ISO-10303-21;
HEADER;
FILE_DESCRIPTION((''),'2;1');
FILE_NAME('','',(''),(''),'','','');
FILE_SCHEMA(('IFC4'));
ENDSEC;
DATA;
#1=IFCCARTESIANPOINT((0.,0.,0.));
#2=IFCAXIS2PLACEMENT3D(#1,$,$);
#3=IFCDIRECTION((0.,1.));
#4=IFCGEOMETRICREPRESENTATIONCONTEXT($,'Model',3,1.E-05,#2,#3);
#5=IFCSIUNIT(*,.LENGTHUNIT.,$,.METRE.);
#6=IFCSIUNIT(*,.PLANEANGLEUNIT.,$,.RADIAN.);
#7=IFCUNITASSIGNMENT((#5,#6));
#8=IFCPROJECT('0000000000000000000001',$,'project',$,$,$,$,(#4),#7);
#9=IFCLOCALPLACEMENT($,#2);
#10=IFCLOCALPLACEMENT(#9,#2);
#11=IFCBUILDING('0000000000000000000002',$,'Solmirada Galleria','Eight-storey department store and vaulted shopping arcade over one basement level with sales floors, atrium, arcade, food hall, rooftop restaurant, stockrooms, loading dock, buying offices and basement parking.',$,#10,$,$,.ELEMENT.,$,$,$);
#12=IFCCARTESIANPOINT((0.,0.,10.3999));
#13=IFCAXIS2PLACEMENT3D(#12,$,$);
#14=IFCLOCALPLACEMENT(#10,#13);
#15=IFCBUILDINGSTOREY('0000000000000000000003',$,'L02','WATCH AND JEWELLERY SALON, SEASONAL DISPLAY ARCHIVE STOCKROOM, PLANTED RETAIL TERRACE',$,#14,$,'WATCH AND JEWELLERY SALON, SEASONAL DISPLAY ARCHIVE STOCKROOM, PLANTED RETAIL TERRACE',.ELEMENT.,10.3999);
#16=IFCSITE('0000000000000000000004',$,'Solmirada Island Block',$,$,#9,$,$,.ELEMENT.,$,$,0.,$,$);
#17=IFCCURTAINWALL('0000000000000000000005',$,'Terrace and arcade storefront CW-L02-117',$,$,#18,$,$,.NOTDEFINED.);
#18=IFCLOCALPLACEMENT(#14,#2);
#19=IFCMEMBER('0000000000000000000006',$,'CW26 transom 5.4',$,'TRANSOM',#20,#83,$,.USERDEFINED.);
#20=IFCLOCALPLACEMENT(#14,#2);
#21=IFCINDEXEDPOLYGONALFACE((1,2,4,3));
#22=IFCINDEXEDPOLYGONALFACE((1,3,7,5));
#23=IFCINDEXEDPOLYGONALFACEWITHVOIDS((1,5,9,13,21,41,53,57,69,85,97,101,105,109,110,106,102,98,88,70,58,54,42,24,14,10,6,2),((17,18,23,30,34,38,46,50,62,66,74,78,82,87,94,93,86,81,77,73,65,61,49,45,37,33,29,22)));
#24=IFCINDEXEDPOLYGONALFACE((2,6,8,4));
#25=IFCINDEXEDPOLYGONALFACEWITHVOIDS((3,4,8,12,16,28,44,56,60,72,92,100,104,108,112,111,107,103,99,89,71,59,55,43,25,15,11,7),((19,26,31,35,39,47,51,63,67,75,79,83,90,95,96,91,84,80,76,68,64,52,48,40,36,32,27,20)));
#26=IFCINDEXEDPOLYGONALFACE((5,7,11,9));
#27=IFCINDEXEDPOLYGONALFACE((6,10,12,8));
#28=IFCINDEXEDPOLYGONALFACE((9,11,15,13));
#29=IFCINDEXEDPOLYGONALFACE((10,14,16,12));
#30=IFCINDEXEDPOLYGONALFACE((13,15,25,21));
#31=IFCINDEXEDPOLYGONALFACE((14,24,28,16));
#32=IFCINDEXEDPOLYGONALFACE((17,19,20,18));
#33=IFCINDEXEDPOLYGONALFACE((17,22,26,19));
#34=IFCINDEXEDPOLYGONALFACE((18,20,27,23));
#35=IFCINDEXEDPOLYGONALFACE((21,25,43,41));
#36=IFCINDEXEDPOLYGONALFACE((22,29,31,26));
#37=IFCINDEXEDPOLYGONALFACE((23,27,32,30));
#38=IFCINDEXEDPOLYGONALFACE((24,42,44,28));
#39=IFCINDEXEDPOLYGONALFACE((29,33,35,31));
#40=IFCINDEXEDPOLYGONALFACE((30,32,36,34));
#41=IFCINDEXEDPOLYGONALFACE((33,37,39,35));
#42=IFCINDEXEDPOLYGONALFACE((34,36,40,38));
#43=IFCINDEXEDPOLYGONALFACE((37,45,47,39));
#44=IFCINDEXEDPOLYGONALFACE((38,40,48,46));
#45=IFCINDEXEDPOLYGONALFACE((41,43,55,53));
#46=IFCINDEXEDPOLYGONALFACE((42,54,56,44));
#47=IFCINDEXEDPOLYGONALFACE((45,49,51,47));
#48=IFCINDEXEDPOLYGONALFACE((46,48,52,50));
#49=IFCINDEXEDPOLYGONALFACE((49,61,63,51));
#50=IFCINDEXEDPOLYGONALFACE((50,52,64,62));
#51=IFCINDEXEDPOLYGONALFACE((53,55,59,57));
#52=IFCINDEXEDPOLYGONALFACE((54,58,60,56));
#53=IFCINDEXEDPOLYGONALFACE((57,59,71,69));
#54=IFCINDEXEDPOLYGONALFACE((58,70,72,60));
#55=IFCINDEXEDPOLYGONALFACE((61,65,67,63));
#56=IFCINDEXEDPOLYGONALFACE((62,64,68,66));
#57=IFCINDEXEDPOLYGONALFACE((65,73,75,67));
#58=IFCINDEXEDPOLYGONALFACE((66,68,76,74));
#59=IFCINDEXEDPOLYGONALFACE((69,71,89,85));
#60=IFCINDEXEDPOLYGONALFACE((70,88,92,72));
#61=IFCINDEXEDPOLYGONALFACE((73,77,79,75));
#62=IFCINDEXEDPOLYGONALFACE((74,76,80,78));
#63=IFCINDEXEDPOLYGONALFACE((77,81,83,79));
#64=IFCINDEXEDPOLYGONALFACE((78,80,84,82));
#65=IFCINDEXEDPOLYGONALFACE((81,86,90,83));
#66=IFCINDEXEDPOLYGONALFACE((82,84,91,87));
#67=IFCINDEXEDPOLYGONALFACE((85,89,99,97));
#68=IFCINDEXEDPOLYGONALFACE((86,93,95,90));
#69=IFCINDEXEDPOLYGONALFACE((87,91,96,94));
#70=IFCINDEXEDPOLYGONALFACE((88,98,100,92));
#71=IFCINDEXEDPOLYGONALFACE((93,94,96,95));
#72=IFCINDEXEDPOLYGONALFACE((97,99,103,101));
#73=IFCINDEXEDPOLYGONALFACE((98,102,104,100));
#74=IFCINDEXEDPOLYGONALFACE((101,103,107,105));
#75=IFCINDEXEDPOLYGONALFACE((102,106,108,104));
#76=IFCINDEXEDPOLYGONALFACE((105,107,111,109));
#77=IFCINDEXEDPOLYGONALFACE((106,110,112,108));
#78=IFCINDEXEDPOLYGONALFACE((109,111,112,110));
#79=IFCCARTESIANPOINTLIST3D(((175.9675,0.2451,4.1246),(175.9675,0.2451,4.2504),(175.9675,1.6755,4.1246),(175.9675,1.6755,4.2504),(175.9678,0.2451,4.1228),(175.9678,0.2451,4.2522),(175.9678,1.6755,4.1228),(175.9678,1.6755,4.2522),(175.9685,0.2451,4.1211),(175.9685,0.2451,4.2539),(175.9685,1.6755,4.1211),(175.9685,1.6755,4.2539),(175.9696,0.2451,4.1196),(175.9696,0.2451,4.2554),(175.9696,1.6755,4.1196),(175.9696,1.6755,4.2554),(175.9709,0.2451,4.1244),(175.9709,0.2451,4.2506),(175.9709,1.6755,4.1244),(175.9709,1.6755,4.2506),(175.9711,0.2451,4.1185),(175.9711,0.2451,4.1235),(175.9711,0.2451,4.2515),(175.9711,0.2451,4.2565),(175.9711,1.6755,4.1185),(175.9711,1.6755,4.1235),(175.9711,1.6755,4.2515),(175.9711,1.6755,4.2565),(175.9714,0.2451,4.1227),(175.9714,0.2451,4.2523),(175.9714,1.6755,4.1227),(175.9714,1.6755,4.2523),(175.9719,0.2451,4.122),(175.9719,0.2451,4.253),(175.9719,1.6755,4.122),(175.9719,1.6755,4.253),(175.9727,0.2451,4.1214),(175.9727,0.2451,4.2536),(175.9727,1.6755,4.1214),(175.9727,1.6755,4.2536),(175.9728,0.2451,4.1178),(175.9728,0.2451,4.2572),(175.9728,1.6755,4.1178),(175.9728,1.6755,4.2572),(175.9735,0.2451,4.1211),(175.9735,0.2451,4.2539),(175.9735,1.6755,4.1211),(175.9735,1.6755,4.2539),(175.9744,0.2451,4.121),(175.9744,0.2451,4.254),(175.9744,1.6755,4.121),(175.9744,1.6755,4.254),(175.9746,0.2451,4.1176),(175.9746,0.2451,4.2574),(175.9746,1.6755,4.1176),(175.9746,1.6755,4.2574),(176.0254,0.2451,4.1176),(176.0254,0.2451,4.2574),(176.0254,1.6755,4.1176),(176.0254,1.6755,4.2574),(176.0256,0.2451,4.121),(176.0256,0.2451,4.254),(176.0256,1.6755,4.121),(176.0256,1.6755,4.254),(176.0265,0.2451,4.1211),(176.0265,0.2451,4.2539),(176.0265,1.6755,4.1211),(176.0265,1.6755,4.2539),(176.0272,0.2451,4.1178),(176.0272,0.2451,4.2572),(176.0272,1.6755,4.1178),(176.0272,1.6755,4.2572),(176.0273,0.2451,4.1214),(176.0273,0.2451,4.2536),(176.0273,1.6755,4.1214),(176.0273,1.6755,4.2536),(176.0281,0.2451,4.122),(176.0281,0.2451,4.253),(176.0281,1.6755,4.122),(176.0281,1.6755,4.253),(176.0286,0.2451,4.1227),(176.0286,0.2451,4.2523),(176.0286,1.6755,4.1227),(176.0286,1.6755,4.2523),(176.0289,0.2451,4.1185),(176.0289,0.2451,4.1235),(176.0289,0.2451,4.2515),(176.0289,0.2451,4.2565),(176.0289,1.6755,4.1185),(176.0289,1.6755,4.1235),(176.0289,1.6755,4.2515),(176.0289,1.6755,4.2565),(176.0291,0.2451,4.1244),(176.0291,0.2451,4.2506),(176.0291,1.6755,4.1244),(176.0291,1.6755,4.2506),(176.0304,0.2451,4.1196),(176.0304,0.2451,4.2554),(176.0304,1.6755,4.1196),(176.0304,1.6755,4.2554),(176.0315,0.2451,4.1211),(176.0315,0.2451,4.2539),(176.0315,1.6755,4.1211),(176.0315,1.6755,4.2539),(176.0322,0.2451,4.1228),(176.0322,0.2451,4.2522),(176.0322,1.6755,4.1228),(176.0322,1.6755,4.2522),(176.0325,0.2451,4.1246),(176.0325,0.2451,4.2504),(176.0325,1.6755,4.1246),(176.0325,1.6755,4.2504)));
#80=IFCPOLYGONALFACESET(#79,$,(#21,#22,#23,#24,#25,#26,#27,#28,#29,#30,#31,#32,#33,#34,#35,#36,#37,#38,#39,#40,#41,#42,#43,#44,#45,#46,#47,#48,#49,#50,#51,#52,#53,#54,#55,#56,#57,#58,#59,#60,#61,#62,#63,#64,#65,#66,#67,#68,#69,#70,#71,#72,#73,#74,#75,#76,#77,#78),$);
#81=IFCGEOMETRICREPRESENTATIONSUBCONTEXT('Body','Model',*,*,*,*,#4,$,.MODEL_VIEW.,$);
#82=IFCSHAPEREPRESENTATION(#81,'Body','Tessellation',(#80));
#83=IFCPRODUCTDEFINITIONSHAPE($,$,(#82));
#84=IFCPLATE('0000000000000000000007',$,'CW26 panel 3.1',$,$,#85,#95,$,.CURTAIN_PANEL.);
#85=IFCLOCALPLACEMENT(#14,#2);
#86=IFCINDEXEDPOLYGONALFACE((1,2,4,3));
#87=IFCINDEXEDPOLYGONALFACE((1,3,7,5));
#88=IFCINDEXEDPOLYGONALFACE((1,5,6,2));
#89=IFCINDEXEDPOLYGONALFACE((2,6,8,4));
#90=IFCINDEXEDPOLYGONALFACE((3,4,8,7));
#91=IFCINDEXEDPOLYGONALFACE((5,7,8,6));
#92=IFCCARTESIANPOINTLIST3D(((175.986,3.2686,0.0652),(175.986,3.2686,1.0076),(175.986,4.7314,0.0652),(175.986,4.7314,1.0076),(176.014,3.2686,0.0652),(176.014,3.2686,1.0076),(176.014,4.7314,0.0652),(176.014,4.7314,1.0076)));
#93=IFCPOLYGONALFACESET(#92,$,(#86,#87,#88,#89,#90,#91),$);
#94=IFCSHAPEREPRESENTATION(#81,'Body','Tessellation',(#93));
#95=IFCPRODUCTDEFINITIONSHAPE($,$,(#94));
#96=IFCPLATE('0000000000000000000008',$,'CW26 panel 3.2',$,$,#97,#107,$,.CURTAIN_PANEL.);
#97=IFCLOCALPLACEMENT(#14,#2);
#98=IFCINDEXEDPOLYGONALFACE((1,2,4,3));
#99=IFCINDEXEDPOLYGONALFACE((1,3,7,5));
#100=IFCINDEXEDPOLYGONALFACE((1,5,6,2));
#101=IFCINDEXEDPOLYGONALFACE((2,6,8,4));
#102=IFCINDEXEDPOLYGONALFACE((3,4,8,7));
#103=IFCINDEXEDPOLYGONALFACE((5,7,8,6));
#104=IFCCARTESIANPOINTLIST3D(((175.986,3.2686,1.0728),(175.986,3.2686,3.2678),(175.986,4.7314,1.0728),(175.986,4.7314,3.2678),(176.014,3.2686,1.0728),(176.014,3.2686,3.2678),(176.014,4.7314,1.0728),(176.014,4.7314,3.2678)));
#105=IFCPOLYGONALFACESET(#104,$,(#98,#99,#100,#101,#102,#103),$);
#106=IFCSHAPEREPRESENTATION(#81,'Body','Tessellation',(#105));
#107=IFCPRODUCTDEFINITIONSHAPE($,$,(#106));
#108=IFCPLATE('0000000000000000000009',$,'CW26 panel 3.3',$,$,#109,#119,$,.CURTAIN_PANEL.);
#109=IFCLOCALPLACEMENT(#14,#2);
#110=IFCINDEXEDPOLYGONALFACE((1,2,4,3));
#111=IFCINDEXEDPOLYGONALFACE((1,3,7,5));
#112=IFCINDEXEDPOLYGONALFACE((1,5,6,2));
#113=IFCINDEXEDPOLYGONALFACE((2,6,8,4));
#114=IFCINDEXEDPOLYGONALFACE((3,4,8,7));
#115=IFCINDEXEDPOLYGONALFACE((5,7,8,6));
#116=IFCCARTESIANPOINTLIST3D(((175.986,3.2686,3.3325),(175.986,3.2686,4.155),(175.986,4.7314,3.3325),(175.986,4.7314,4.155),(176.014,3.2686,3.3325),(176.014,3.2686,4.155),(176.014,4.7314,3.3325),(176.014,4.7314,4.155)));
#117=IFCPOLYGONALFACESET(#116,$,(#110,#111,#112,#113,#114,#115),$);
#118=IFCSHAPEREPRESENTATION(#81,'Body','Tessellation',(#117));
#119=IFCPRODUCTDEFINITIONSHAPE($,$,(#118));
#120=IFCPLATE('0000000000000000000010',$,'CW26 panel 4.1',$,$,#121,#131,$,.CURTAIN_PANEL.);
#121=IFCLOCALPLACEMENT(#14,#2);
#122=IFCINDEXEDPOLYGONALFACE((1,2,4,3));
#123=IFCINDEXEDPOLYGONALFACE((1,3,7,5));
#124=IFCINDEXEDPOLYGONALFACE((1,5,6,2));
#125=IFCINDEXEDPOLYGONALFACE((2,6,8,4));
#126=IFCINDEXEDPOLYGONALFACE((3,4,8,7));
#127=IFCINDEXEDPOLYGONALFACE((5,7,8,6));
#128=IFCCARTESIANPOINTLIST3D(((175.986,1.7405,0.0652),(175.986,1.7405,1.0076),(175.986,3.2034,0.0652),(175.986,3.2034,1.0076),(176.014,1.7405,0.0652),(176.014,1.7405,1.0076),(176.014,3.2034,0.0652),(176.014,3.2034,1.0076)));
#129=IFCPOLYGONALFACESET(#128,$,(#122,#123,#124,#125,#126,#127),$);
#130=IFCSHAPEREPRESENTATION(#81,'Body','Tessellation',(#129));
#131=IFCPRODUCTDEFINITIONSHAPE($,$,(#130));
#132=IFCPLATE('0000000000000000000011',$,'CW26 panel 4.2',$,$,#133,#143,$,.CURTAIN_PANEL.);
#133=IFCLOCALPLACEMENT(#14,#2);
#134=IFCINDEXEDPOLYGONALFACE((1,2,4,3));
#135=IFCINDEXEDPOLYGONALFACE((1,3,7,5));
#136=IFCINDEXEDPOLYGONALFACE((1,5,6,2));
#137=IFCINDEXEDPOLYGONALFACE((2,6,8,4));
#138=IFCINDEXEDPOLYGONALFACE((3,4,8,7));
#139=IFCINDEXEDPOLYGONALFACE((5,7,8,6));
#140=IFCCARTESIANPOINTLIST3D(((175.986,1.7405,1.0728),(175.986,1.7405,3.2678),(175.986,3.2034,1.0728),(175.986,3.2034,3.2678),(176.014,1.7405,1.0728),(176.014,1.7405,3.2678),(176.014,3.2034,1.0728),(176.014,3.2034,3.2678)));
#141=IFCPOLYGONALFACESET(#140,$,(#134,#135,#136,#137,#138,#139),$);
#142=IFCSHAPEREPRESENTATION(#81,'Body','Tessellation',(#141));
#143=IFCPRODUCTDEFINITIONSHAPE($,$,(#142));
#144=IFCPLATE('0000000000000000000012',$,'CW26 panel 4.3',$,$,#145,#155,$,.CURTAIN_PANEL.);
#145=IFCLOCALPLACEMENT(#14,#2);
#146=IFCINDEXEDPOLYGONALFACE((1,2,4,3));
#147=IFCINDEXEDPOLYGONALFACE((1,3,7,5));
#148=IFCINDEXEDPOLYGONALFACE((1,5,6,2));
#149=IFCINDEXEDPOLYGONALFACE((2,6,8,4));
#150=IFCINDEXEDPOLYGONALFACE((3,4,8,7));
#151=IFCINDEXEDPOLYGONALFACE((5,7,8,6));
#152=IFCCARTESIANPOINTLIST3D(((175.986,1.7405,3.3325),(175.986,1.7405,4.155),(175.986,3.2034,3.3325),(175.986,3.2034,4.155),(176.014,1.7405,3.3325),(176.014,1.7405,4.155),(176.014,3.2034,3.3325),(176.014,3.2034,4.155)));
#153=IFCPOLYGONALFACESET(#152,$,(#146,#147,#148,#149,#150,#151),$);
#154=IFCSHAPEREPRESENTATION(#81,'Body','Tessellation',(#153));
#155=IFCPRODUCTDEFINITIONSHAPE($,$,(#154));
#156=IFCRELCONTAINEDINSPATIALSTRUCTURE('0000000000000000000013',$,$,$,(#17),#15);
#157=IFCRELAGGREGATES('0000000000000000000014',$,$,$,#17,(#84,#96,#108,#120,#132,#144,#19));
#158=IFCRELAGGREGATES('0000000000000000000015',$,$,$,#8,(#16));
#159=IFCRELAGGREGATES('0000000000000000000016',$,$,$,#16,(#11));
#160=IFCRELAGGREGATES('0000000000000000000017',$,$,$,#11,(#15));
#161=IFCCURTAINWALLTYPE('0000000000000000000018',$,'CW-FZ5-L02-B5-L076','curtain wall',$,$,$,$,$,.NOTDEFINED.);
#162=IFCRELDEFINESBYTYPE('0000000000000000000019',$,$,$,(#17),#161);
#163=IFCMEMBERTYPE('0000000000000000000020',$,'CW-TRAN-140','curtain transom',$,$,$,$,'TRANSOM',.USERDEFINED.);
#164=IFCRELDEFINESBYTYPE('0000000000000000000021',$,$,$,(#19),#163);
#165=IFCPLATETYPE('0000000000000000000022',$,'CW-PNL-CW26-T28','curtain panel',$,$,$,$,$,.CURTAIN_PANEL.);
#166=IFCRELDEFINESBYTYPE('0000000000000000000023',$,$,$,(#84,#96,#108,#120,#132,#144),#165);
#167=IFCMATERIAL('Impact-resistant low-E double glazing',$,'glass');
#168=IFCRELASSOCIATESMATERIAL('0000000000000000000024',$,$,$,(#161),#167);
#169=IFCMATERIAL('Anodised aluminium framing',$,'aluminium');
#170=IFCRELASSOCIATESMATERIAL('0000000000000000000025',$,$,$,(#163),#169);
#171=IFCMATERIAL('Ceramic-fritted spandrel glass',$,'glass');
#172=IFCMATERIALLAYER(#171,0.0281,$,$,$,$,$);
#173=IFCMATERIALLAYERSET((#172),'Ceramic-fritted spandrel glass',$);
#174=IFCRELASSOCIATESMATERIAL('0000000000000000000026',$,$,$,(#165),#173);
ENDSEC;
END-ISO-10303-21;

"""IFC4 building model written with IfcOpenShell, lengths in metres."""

from ifc_helpers import new_model, si_unit, direction, frame, origin, origin_2d, place, context, subcontext, project, spatial, rectangle, hollow_rectangle, extrude, material, layer, layer_set, material_profile, profile_set, type_object, element, aggregate, save


model = new_model("IFC4")

# Units and contexts
model_context = context("Model", 3, precision=1e-05, world=origin(), true_north=direction((0.0, 1.0)))
body_context = subcontext(model_context, "Body", "Model", "MODEL_VIEW")
ifc_project = project(units=[si_unit("LENGTHUNIT", "METRE"), si_unit("PLANEANGLEUNIT", "RADIAN")], contexts=[model_context])

# Site, building, storey
site_placement = place(None, origin())
site = spatial("IfcSite", under=ifc_project, at=site_placement, Name="Solmirada Island Block", CompositionType="ELEMENT", RefElevation=0.0)
building_placement = place(site_placement, origin())
building = spatial("IfcBuilding", under=site, at=building_placement, Name="Solmirada Galleria", Description="Eight-storey department store and vaulted shopping arcade over one basement level with sales floors, atrium, arcade, food hall, rooftop restaurant, stockrooms, loading dock, buying offices and basement parking.", CompositionType="ELEMENT")
storey_placement = place(building_placement, frame((0.0, 0.0, 10.3999)))
storey = spatial("IfcBuildingStorey", under=building, at=storey_placement, Name="L02", Description="WATCH AND JEWELLERY SALON, SEASONAL DISPLAY ARCHIVE STOCKROOM, PLANTED RETAIL TERRACE", LongName="WATCH AND JEWELLERY SALON, SEASONAL DISPLAY ARCHIVE STOCKROOM, PLANTED RETAIL TERRACE", CompositionType="ELEMENT", Elevation=10.3999)

# Curtain wall, member, plates
ifc_material_1 = material(Name="Impact-resistant low-E double glazing", Category="glass")
curtain_wall_type = type_object("IfcCurtainWallType", Name="CW-FZ5-L02-B5-L076", Description="curtain wall", PredefinedType="NOTDEFINED", material=ifc_material_1)
curtain_wall_placement = place(storey_placement, origin())
curtain_wall = element("IfcCurtainWall", 1, at=curtain_wall_placement, inside=storey, type_object=curtain_wall_type, Name="Terrace and arcade storefront CW-L02-117", PredefinedType="NOTDEFINED")
ifc_material_2 = material(Name="Anodised aluminium framing", Category="aluminium")
ifc_material_profile_1 = material_profile(ifc_material_2, hollow_rectangle(XDim=0.0649, YDim=0.1399, WallThickness=0.0034, InnerFilletRadius=0.0034, OuterFilletRadius=0.0071, at=origin_2d()), Name="ALU-TRAN-140X65")
ifc_profile_set_1 = profile_set([ifc_material_profile_1], Name="Anodised aluminium framing")
member_type_1 = type_object("IfcMemberType", Name="CW-TRAN-140", Description="curtain transom", ElementType="TRANSOM", PredefinedType="USERDEFINED", material=ifc_profile_set_1)
member_1_placement = place(storey_placement, frame((176.0, 1.6755, 4.1875), z_axis=(0.0, -1.0, 0.0), x_axis=(1.0, 0.0, 0.0)))
member_1 = element("IfcMember", 2, at=member_1_placement, type_object=member_type_1, Name="CW26 transom 5.4", ObjectType="TRANSOM", PredefinedType="USERDEFINED", context=body_context, shape_type="SweptSolid", body=[
    extrude(hollow_rectangle(XDim=0.0649, YDim=0.1399, WallThickness=0.0034, InnerFilletRadius=0.0034, OuterFilletRadius=0.0071, at=origin_2d()), origin(), (0.0, 0.0, 1.0), 1.4304),
])
ifc_material_3 = material(Name="Ceramic-fritted spandrel glass", Category="glass")
ifc_layer = layer(ifc_material_3, 0.0281)
ifc_layer_set = layer_set([ifc_layer], Name="Ceramic-fritted spandrel glass")
plate_type = type_object("IfcPlateType", Name="CW-PNL-CW26-T28", Description="curtain panel", PredefinedType="CURTAIN_PANEL", material=ifc_layer_set)
plate_1_placement = place(storey_placement, frame((176.0, 4.0, 0.0652), z_axis=(0.0, 0.0, 1.0), x_axis=(0.0, -1.0, 0.0)))
plate_1 = element("IfcPlate", 3, at=plate_1_placement, type_object=plate_type, Name="CW26 panel 3.1", PredefinedType="CURTAIN_PANEL", context=body_context, shape_type="SweptSolid", body=[
    extrude(rectangle(XDim=1.4629, YDim=0.0281, at=origin_2d()), origin(), (0.0, 0.0, 1.0), 0.9424),
])
plate_2_placement = place(storey_placement, frame((176.0, 4.0, 1.0728), z_axis=(0.0, 0.0, 1.0), x_axis=(0.0, -1.0, 0.0)))
plate_2 = element("IfcPlate", 4, at=plate_2_placement, type_object=plate_type, Name="CW26 panel 3.2", PredefinedType="CURTAIN_PANEL", context=body_context, shape_type="SweptSolid", body=[
    extrude(rectangle(XDim=1.4629, YDim=0.0281, at=origin_2d()), origin(), (0.0, 0.0, 1.0), 2.1951),
])
plate_3_placement = place(storey_placement, frame((176.0, 4.0, 3.3325), z_axis=(0.0, 0.0, 1.0), x_axis=(0.0, -1.0, 0.0)))
plate_3 = element("IfcPlate", 5, at=plate_3_placement, type_object=plate_type, Name="CW26 panel 3.3", PredefinedType="CURTAIN_PANEL", context=body_context, shape_type="SweptSolid", body=[
    extrude(rectangle(XDim=1.4629, YDim=0.0281, at=origin_2d()), origin(), (0.0, 0.0, 1.0), 0.8225),
])
plate_4_placement = place(storey_placement, frame((176.0, 2.4719, 0.0652), z_axis=(0.0, 0.0, 1.0), x_axis=(0.0, -1.0, 0.0)))
plate_4 = element("IfcPlate", 6, at=plate_4_placement, type_object=plate_type, Name="CW26 panel 4.1", PredefinedType="CURTAIN_PANEL", context=body_context, shape_type="SweptSolid", body=[
    extrude(rectangle(XDim=1.4629, YDim=0.0281, at=origin_2d()), origin(), (0.0, 0.0, 1.0), 0.9424),
])
plate_5_placement = place(storey_placement, frame((176.0, 2.4719, 1.0728), z_axis=(0.0, 0.0, 1.0), x_axis=(0.0, -1.0, 0.0)))
plate_5 = element("IfcPlate", 7, at=plate_5_placement, type_object=plate_type, Name="CW26 panel 4.2", PredefinedType="CURTAIN_PANEL", context=body_context, shape_type="SweptSolid", body=[
    extrude(rectangle(XDim=1.4629, YDim=0.0281, at=origin_2d()), origin(), (0.0, 0.0, 1.0), 2.1951),
])
plate_6_placement = place(storey_placement, frame((176.0, 2.4719, 3.3325), z_axis=(0.0, 0.0, 1.0), x_axis=(0.0, -1.0, 0.0)))
plate_6 = element("IfcPlate", 8, at=plate_6_placement, type_object=plate_type, Name="CW26 panel 4.3", PredefinedType="CURTAIN_PANEL", context=body_context, shape_type="SweptSolid", body=[
    extrude(rectangle(XDim=1.4629, YDim=0.0281, at=origin_2d()), origin(), (0.0, 0.0, 1.0), 0.8225),
])
aggregate(curtain_wall, [plate_1, plate_2, plate_3, plate_4, plate_5, plate_6, member_1])

save(model, "model.ifc")
